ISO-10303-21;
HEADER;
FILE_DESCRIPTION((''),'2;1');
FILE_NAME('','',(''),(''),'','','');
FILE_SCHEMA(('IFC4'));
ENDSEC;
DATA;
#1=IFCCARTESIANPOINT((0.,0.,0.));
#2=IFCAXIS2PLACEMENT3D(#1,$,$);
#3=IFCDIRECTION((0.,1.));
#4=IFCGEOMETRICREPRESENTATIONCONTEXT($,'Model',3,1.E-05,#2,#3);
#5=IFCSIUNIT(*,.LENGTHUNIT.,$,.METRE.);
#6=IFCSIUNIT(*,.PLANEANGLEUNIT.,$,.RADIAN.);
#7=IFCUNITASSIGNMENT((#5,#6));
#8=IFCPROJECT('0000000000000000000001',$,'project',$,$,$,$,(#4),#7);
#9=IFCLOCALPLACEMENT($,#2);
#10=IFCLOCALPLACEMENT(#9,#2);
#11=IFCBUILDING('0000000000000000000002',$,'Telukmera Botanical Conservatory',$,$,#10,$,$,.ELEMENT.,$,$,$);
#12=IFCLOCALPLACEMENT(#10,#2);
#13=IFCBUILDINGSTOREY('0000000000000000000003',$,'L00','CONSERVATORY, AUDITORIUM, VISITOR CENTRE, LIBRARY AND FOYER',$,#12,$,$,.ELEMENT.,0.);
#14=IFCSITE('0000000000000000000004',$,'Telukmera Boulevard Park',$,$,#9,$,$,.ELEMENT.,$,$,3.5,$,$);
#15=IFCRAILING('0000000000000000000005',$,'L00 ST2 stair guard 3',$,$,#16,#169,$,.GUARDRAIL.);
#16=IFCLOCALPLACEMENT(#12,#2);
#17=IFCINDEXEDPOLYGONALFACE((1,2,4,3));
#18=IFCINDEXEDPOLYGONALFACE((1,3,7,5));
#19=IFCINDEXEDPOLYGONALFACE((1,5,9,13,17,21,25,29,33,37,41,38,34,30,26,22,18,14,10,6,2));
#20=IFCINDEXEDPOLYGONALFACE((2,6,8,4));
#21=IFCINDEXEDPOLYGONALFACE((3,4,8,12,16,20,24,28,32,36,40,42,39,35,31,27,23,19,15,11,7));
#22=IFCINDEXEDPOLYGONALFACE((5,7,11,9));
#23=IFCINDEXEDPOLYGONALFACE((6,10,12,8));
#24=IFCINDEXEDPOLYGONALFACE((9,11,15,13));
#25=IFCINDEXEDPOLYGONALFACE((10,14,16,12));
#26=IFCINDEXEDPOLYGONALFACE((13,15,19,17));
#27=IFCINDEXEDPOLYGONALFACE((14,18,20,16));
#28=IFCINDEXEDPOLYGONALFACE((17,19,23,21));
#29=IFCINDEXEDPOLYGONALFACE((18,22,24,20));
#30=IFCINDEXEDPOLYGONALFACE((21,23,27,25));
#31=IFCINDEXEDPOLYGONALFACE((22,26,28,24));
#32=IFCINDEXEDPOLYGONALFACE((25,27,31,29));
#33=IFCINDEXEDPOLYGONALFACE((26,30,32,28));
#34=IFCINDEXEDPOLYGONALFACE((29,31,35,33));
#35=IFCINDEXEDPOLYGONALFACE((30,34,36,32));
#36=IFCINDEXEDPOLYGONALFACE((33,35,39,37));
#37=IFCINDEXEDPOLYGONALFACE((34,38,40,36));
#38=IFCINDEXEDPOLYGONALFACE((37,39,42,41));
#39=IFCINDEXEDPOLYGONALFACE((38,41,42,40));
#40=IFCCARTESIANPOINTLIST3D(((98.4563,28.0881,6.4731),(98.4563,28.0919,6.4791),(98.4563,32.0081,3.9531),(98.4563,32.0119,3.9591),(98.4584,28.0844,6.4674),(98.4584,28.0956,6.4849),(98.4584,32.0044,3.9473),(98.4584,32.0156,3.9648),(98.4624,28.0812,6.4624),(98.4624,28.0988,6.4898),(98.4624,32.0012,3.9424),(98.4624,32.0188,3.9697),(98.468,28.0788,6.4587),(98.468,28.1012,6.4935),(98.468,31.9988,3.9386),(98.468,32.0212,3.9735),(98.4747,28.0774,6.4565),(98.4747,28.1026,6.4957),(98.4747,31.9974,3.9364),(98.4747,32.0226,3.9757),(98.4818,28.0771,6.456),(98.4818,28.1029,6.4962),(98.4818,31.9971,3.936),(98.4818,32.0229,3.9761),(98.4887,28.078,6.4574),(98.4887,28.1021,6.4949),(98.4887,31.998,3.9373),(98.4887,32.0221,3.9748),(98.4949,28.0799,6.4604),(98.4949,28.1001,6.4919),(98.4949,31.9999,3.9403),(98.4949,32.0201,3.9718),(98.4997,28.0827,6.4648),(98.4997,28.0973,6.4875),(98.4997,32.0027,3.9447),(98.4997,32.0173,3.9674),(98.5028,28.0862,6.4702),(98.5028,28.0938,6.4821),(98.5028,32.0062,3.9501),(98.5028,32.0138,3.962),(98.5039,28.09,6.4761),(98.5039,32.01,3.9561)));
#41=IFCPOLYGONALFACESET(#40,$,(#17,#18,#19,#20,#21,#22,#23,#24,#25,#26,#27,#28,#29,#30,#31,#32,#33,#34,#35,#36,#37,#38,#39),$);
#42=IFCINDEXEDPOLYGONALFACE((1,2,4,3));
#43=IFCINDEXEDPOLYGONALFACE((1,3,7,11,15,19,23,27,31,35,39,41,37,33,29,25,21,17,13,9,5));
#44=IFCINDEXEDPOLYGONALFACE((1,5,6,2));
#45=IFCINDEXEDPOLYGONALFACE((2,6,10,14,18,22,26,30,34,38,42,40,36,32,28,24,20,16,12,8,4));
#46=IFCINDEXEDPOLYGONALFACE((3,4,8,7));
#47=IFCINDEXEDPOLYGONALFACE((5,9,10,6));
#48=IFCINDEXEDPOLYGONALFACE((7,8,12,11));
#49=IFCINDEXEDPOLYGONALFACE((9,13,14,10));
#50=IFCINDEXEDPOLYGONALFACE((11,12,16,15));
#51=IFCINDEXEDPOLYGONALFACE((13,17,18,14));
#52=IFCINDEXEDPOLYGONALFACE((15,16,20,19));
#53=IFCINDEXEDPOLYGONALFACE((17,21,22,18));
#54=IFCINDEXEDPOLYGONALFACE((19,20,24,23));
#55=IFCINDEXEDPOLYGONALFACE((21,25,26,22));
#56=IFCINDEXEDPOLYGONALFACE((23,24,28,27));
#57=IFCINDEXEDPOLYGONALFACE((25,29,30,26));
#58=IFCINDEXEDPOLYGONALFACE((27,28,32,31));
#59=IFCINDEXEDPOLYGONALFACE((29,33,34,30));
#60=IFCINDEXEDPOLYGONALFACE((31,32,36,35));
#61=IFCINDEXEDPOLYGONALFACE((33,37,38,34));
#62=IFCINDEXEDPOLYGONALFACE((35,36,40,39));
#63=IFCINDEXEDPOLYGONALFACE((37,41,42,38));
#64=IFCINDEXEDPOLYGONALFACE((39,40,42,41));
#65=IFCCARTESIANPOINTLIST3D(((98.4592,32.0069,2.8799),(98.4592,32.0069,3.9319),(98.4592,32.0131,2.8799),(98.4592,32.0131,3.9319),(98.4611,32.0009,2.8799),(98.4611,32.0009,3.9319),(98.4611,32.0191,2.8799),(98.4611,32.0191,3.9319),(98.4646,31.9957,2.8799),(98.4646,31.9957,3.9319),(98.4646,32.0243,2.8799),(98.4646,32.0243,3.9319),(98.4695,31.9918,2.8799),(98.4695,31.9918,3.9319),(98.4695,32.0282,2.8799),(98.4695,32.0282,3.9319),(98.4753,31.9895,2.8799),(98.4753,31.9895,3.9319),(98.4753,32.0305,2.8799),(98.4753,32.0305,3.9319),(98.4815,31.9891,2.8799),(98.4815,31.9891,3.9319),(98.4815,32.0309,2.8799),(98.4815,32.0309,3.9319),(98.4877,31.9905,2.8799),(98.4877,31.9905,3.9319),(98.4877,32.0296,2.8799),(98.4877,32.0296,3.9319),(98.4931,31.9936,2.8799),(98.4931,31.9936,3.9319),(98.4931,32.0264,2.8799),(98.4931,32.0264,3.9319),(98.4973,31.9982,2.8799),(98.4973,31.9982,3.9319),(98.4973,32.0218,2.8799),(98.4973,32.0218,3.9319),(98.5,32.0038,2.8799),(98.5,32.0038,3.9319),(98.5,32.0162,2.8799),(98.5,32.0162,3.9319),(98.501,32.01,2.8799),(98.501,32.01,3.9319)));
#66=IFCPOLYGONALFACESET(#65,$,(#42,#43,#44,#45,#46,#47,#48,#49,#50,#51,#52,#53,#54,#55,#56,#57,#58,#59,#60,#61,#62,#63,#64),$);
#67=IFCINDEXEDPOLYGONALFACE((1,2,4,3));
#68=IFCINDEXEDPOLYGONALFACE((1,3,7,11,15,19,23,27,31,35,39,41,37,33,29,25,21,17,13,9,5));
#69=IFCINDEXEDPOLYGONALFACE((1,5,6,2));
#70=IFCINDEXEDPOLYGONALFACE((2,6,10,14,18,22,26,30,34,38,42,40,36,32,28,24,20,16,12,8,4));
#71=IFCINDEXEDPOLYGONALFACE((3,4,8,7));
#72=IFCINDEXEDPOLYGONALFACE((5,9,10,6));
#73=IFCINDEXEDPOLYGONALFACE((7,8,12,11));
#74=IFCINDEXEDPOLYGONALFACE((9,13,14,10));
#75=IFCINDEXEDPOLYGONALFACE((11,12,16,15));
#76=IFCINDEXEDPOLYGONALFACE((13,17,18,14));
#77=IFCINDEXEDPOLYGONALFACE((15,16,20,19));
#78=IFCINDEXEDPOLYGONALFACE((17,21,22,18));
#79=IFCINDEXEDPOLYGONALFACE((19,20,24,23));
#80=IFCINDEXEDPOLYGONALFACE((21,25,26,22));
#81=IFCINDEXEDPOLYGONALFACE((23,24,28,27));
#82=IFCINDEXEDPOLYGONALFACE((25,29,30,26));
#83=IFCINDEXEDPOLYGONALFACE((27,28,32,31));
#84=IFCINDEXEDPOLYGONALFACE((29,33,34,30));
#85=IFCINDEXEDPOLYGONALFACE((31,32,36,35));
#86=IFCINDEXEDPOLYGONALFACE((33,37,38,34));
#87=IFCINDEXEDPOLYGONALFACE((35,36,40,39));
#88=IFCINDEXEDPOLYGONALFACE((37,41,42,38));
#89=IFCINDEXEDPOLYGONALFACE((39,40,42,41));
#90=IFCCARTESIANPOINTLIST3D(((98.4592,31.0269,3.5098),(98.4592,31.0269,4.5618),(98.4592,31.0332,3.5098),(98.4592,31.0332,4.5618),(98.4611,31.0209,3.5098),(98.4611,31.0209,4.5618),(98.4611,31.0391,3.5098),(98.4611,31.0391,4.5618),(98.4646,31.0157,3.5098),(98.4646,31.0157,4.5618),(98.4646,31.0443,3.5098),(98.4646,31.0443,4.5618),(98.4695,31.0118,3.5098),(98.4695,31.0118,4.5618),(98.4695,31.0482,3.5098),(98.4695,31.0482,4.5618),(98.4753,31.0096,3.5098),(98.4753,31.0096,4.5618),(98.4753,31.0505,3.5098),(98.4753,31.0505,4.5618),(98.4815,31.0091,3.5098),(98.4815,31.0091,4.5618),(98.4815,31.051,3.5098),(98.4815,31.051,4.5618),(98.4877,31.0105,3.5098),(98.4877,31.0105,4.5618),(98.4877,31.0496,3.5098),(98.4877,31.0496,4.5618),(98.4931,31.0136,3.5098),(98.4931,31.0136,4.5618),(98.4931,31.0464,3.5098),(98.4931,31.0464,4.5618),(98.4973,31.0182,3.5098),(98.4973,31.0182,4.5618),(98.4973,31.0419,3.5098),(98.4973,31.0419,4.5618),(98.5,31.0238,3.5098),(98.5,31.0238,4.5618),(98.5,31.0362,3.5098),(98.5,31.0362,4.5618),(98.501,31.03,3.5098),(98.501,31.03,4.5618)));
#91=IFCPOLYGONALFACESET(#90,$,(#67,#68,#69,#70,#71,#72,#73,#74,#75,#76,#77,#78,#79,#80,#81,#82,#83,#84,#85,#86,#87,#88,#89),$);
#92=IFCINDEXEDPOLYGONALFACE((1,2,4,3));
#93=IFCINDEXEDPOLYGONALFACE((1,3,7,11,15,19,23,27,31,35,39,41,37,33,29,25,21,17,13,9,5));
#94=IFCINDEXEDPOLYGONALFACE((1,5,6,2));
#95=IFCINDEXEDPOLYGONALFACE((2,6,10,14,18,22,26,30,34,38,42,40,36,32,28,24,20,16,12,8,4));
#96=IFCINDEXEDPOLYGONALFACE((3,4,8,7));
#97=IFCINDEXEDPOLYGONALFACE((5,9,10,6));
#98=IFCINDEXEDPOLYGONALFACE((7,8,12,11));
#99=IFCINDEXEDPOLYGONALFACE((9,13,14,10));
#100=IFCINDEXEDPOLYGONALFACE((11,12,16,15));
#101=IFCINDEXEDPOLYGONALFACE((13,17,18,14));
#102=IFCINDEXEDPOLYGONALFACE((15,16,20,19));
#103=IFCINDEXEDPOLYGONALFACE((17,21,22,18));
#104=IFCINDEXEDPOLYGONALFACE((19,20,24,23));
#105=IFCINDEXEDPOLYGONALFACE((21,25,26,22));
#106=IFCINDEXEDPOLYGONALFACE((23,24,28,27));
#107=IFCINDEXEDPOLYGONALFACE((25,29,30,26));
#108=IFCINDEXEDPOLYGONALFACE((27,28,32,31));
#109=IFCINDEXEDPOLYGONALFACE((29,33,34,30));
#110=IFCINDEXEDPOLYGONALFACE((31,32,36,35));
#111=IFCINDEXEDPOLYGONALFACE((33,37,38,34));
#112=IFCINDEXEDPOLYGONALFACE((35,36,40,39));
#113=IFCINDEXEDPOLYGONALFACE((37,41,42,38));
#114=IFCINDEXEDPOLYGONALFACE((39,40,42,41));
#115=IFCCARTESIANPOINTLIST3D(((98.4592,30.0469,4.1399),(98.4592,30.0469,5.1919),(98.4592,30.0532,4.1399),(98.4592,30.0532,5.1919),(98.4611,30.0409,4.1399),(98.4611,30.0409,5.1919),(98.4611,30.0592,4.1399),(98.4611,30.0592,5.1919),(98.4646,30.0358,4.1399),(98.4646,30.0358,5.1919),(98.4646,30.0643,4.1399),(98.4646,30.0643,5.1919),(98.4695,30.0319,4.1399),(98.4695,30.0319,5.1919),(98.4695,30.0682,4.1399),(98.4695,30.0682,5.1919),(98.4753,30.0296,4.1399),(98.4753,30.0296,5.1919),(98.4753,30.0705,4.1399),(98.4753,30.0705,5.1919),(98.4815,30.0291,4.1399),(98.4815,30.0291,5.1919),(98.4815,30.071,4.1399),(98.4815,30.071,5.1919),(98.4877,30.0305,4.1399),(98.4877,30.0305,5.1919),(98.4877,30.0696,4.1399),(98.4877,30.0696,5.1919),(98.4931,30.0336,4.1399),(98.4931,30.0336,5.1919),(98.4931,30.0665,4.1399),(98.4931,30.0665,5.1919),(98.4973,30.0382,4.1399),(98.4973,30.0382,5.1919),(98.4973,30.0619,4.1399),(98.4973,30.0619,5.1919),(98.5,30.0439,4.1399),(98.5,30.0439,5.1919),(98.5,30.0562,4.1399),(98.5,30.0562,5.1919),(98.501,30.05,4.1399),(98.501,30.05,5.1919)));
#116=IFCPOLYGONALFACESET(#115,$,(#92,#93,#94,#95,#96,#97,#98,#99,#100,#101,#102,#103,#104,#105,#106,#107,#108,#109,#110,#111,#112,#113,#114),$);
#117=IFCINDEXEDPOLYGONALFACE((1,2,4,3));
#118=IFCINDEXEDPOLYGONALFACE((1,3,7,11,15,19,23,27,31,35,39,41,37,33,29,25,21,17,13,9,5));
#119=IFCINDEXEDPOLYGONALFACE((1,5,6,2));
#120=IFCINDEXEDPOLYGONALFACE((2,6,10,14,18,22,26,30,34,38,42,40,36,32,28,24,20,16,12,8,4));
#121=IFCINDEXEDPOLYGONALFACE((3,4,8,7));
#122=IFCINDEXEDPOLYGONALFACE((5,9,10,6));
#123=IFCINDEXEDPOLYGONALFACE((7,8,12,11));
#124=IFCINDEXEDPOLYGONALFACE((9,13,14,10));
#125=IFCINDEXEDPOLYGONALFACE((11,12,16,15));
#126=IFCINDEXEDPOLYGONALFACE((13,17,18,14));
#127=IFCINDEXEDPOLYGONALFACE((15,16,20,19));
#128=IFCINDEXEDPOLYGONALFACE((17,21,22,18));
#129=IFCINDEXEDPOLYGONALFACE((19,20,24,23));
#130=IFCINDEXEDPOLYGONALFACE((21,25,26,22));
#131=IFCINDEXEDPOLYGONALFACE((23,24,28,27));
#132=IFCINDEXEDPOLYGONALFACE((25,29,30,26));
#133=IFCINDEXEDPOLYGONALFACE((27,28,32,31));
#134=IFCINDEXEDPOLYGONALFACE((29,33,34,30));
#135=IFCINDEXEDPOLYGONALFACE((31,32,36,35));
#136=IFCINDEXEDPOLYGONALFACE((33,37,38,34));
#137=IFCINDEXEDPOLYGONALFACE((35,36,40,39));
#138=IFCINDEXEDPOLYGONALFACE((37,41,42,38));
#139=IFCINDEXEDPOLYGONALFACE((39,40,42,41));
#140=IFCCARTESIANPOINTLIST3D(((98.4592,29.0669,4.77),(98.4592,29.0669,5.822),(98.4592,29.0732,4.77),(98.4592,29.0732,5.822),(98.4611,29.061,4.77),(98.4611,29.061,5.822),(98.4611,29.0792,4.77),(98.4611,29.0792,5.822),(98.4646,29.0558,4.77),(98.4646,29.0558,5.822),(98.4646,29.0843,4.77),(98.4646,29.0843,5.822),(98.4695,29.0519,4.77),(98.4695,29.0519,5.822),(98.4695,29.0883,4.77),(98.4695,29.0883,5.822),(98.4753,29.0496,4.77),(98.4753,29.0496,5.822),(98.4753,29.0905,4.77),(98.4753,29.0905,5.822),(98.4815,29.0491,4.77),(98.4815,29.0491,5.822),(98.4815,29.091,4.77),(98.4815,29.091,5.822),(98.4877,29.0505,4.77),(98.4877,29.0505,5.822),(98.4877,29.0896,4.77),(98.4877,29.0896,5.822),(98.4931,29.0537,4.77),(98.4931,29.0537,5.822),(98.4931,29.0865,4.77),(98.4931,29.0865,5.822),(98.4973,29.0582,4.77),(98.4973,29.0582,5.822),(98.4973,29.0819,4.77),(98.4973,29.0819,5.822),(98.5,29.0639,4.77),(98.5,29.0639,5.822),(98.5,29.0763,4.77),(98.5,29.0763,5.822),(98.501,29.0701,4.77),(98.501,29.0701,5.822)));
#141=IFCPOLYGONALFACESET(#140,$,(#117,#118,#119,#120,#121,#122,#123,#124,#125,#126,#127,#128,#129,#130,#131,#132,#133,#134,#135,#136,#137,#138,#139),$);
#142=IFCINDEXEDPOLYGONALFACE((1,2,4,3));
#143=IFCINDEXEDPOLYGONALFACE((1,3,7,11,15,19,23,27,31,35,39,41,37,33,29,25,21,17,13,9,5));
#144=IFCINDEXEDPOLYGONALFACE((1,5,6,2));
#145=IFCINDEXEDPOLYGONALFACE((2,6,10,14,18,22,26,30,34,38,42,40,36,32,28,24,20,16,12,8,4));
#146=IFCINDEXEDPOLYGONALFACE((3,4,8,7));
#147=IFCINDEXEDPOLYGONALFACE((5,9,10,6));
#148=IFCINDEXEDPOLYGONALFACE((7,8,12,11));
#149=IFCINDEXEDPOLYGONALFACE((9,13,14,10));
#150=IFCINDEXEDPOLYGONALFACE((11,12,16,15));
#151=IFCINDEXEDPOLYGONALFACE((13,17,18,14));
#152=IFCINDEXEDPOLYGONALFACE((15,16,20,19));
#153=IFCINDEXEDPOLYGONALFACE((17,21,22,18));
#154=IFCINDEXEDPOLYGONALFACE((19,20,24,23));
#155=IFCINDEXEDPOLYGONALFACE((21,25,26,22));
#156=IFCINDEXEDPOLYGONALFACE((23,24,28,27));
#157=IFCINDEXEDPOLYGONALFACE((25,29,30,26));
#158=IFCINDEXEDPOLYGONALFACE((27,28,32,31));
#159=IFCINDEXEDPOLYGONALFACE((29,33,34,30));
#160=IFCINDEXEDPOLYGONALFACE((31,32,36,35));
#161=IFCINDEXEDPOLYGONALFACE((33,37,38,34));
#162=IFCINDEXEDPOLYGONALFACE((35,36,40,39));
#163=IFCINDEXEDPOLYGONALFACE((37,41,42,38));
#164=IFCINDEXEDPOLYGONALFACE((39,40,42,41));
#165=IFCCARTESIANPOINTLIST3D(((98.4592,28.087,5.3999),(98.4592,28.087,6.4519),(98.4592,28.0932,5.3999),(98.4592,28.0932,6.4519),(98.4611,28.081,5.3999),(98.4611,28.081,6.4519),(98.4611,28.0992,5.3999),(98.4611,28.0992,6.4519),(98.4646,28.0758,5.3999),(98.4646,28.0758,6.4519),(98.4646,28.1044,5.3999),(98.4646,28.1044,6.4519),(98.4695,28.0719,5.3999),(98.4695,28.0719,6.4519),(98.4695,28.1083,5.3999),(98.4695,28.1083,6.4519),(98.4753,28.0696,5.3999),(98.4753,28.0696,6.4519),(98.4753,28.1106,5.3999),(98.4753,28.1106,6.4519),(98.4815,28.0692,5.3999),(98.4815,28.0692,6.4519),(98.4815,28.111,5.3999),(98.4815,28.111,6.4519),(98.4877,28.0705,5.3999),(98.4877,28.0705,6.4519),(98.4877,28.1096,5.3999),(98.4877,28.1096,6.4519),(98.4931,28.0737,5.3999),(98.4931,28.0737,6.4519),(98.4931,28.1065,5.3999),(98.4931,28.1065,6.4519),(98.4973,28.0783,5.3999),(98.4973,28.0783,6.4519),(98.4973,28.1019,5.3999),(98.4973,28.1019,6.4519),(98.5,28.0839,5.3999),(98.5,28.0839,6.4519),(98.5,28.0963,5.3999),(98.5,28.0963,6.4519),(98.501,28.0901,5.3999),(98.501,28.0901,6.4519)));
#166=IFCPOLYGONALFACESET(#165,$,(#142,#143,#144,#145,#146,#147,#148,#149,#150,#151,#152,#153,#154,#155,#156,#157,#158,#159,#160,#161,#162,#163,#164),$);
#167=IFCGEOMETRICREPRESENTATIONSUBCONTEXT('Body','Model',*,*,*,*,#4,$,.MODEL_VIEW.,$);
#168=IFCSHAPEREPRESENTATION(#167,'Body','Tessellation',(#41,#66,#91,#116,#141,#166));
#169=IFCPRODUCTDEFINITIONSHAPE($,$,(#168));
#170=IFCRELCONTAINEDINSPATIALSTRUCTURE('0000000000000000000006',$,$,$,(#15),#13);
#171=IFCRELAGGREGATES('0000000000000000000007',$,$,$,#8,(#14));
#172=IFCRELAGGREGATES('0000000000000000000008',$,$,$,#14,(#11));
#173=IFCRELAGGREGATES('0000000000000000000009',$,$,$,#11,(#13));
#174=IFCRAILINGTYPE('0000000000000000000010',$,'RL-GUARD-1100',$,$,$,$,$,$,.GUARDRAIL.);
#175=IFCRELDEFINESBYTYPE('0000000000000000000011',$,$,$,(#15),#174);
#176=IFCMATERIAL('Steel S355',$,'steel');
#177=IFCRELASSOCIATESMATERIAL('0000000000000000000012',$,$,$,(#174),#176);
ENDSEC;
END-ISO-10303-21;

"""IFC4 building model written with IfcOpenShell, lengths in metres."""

from ifc_helpers import new_model, si_unit, direction, frame, origin, origin_2d, place, context, subcontext, project, spatial, circle, extrude, material, type_object, element, save


model = new_model("IFC4")

# Units and contexts
model_context = context("Model", 3, precision=1e-05, world=origin(), true_north=direction((0.0, 1.0)))
body_context = subcontext(model_context, "Body", "Model", "MODEL_VIEW")
ifc_project = project(units=[si_unit("LENGTHUNIT", "METRE"), si_unit("PLANEANGLEUNIT", "RADIAN")], contexts=[model_context])

# Site, building, storey
site_placement = place(None, origin())
site = spatial("IfcSite", under=ifc_project, at=site_placement, Name="Telukmera Boulevard Park", CompositionType="ELEMENT", RefElevation=3.5)
building_placement = place(site_placement, origin())
building = spatial("IfcBuilding", under=site, at=building_placement, Name="Telukmera Botanical Conservatory", CompositionType="ELEMENT")
storey_placement = place(building_placement, origin())
storey = spatial("IfcBuildingStorey", under=building, at=storey_placement, Name="L00", Description="CONSERVATORY, AUDITORIUM, VISITOR CENTRE, LIBRARY AND FOYER", CompositionType="ELEMENT", Elevation=0.0)

# Railing
ifc_material_1 = material(Name="Steel S355", Category="steel")
railing_type_1 = type_object("IfcRailingType", Name="RL-GUARD-1100", PredefinedType="GUARDRAIL", material=ifc_material_1)
railing_1_placement = place(storey_placement, frame((98.48, 32.01, 2.8799)))
element("IfcRailing", 1, at=railing_1_placement, inside=storey, type_object=railing_type_1, Name="L00 ST2 stair guard 3", PredefinedType="GUARDRAIL", context=body_context, shape_type="SweptSolid", body=[
    extrude(circle(Radius=0.0239, at=origin_2d()), frame((0.0, 0.0, 1.0762), z_axis=(0.0, -0.841172, 0.540768), x_axis=(1.0, 0.0, 0.0)), (0.0, 0.0, 1.0), 4.6602),
    extrude(circle(Radius=0.021, at=origin_2d()), origin(), (0.0, 0.0, 1.0), 1.052),
    extrude(circle(Radius=0.021, at=origin_2d()), frame((0.0, -0.98, 0.6299)), (0.0, 0.0, 1.0), 1.052),
    extrude(circle(Radius=0.021, at=origin_2d()), frame((0.0, -1.96, 1.26)), (0.0, 0.0, 1.0), 1.052),
    extrude(circle(Radius=0.021, at=origin_2d()), frame((0.0, -2.9399, 1.8901)), (0.0, 0.0, 1.0), 1.052),
    extrude(circle(Radius=0.021, at=origin_2d()), frame((0.0, -3.9199, 2.52)), (0.0, 0.0, 1.0), 1.052),
])

save(model, "model.ifc")
